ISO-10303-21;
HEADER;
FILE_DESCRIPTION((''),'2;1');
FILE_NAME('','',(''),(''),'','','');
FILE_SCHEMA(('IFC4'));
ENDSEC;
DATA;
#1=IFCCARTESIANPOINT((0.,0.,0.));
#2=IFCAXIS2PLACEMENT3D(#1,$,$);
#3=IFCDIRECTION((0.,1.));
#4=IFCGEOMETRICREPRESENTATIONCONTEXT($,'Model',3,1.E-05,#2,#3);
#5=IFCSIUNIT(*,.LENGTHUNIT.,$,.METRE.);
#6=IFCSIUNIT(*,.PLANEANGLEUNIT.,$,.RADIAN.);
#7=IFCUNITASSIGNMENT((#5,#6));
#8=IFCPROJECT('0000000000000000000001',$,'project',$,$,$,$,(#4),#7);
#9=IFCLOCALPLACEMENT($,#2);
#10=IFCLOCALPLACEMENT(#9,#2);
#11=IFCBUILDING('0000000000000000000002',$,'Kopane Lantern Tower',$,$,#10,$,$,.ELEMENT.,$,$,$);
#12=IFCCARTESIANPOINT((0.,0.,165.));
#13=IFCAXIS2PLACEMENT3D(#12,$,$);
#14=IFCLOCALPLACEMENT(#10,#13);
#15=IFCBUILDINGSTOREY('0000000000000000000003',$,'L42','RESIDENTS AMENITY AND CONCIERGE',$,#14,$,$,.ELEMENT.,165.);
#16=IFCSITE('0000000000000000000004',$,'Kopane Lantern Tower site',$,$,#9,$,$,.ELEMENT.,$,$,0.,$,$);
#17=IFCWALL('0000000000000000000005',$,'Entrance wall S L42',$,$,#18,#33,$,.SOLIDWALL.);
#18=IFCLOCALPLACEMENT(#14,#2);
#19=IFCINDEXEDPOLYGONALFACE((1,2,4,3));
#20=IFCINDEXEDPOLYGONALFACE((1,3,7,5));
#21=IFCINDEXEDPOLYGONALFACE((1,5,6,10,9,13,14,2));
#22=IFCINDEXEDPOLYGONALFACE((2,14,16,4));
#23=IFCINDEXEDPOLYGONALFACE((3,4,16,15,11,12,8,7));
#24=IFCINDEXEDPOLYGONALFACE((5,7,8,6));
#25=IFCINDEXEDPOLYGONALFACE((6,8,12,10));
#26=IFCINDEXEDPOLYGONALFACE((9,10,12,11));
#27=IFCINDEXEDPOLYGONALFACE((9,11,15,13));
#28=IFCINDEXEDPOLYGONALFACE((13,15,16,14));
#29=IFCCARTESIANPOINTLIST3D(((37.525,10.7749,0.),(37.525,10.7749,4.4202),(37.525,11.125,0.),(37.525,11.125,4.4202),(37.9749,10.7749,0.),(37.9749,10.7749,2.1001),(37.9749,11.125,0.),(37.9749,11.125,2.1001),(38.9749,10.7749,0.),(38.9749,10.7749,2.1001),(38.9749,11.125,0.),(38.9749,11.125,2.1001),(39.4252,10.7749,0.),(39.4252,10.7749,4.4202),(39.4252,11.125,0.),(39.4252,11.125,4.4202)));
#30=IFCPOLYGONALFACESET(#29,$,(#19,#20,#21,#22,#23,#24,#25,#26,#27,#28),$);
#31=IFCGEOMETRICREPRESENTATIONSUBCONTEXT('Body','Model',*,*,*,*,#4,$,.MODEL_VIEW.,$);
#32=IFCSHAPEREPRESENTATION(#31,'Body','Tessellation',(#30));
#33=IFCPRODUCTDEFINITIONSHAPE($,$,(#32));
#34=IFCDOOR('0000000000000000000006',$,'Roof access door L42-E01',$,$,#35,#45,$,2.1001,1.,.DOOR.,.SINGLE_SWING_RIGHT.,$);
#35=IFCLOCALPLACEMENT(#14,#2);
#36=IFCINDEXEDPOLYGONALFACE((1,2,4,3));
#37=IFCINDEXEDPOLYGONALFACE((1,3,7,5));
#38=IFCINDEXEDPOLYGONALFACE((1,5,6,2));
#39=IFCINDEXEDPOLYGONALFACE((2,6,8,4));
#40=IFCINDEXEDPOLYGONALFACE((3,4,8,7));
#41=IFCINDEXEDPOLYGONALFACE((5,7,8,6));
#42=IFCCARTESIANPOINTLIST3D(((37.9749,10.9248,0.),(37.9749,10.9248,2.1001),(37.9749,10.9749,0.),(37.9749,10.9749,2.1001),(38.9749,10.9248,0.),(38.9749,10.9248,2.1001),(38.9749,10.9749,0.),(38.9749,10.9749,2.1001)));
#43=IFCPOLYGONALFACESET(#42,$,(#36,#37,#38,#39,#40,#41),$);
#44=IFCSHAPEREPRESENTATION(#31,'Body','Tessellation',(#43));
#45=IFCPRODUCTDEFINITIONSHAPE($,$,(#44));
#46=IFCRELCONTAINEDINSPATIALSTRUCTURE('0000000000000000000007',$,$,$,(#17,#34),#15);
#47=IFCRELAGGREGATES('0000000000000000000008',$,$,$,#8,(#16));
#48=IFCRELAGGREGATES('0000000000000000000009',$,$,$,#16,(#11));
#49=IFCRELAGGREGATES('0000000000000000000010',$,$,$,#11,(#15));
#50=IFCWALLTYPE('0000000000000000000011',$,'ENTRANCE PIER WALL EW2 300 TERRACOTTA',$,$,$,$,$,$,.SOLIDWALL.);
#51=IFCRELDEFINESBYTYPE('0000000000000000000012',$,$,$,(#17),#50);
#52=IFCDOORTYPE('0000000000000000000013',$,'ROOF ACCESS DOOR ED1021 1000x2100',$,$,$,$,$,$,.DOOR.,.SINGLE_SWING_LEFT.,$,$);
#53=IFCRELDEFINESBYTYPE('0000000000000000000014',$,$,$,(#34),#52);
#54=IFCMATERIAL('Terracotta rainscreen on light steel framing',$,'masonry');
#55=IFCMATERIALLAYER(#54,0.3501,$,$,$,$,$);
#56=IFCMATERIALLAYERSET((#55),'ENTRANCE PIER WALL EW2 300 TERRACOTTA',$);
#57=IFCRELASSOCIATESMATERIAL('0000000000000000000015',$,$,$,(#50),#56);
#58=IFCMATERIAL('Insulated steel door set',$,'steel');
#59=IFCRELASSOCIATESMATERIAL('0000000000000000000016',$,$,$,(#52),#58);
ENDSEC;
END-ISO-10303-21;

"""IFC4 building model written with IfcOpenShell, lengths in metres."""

from ifc_helpers import new_model, si_unit, direction, frame, frame_2d, origin, place, context, subcontext, project, spatial, rectangle, extrude, material, layer, layer_set, type_object, element, fill, save


model = new_model("IFC4")

# Units and contexts
model_context = context("Model", 3, precision=1e-05, world=origin(), true_north=direction((0.0, 1.0)))
body_context = subcontext(model_context, "Body", "Model", "MODEL_VIEW")
ifc_project = project(units=[si_unit("LENGTHUNIT", "METRE"), si_unit("PLANEANGLEUNIT", "RADIAN")], contexts=[model_context])

# Site, building, storey
site_placement = place(None, origin())
site = spatial("IfcSite", under=ifc_project, at=site_placement, Name="Kopane Lantern Tower site", CompositionType="ELEMENT", RefElevation=0.0)
building_placement = place(site_placement, origin())
building = spatial("IfcBuilding", under=site, at=building_placement, Name="Kopane Lantern Tower", CompositionType="ELEMENT")
storey_placement = place(building_placement, frame((0.0, 0.0, 165.0)))
storey = spatial("IfcBuildingStorey", under=building, at=storey_placement, Name="L42", Description="RESIDENTS AMENITY AND CONCIERGE", CompositionType="ELEMENT", Elevation=165.0)

# Wall, opening, door
ifc_material_1 = material(Name="Terracotta rainscreen on light steel framing", Category="masonry")
ifc_layer_1 = layer(ifc_material_1, 0.3501)
ifc_layer_set_1 = layer_set([ifc_layer_1], Name="ENTRANCE PIER WALL EW2 300 TERRACOTTA")
wall_type = type_object("IfcWallType", Name="ENTRANCE PIER WALL EW2 300 TERRACOTTA", PredefinedType="SOLIDWALL", material=ifc_layer_set_1)
wall_placement = place(storey_placement, frame((37.5249, 10.95, 0.0), z_axis=(0.0, 0.0, 1.0), x_axis=(1.0, 0.0, 0.0)))
wall = element("IfcWall", 1, at=wall_placement, inside=storey, type_object=wall_type, Name="Entrance wall S L42", PredefinedType="SOLIDWALL", context=body_context, shape_type="SweptSolid", body=[
    extrude(rectangle(XDim=1.9001, YDim=0.3501, at=frame_2d((0.9502, 0.0))), origin(), (0.0, 0.0, 1.0), 4.4202),
])
opening_placement = place(wall_placement, frame((0.45, 0.0, 0.0)))
opening = element("IfcOpeningElement", 2, at=opening_placement, cuts=wall, PredefinedType="OPENING", context=body_context, shape_type="SweptSolid", body=[
    extrude(rectangle(XDim=1.0, YDim=2.1001, at=frame_2d((0.5, 1.05))), frame((0.0, 0.1851, 0.0), z_axis=(0.0, -1.0, 0.0), x_axis=(1.0, 0.0, 0.0)), (0.0, 0.0, 1.0), 0.3701),
])
ifc_material_2 = material(Name="Insulated steel door set", Category="steel")
door_type = type_object("IfcDoorType", Name="ROOF ACCESS DOOR ED1021 1000x2100", OperationType="SINGLE_SWING_LEFT", PredefinedType="DOOR", material=ifc_material_2)
door_placement = place(opening_placement, origin())
door = element("IfcDoor", 3, at=door_placement, inside=storey, type_object=door_type, Name="Roof access door L42-E01", OperationType="SINGLE_SWING_RIGHT", OverallHeight=2.1001, OverallWidth=1.0, PredefinedType="DOOR", context=body_context, shape_type="SweptSolid", body=[
    extrude(rectangle(XDim=1.0, YDim=2.1001, at=frame_2d((0.5, 1.05))), frame((0.0, 0.0249, 0.0), z_axis=(0.0, -1.0, 0.0), x_axis=(1.0, 0.0, 0.0)), (0.0, 0.0, 1.0), 0.05),
])
fill(opening, door)

save(model, "model.ifc")
